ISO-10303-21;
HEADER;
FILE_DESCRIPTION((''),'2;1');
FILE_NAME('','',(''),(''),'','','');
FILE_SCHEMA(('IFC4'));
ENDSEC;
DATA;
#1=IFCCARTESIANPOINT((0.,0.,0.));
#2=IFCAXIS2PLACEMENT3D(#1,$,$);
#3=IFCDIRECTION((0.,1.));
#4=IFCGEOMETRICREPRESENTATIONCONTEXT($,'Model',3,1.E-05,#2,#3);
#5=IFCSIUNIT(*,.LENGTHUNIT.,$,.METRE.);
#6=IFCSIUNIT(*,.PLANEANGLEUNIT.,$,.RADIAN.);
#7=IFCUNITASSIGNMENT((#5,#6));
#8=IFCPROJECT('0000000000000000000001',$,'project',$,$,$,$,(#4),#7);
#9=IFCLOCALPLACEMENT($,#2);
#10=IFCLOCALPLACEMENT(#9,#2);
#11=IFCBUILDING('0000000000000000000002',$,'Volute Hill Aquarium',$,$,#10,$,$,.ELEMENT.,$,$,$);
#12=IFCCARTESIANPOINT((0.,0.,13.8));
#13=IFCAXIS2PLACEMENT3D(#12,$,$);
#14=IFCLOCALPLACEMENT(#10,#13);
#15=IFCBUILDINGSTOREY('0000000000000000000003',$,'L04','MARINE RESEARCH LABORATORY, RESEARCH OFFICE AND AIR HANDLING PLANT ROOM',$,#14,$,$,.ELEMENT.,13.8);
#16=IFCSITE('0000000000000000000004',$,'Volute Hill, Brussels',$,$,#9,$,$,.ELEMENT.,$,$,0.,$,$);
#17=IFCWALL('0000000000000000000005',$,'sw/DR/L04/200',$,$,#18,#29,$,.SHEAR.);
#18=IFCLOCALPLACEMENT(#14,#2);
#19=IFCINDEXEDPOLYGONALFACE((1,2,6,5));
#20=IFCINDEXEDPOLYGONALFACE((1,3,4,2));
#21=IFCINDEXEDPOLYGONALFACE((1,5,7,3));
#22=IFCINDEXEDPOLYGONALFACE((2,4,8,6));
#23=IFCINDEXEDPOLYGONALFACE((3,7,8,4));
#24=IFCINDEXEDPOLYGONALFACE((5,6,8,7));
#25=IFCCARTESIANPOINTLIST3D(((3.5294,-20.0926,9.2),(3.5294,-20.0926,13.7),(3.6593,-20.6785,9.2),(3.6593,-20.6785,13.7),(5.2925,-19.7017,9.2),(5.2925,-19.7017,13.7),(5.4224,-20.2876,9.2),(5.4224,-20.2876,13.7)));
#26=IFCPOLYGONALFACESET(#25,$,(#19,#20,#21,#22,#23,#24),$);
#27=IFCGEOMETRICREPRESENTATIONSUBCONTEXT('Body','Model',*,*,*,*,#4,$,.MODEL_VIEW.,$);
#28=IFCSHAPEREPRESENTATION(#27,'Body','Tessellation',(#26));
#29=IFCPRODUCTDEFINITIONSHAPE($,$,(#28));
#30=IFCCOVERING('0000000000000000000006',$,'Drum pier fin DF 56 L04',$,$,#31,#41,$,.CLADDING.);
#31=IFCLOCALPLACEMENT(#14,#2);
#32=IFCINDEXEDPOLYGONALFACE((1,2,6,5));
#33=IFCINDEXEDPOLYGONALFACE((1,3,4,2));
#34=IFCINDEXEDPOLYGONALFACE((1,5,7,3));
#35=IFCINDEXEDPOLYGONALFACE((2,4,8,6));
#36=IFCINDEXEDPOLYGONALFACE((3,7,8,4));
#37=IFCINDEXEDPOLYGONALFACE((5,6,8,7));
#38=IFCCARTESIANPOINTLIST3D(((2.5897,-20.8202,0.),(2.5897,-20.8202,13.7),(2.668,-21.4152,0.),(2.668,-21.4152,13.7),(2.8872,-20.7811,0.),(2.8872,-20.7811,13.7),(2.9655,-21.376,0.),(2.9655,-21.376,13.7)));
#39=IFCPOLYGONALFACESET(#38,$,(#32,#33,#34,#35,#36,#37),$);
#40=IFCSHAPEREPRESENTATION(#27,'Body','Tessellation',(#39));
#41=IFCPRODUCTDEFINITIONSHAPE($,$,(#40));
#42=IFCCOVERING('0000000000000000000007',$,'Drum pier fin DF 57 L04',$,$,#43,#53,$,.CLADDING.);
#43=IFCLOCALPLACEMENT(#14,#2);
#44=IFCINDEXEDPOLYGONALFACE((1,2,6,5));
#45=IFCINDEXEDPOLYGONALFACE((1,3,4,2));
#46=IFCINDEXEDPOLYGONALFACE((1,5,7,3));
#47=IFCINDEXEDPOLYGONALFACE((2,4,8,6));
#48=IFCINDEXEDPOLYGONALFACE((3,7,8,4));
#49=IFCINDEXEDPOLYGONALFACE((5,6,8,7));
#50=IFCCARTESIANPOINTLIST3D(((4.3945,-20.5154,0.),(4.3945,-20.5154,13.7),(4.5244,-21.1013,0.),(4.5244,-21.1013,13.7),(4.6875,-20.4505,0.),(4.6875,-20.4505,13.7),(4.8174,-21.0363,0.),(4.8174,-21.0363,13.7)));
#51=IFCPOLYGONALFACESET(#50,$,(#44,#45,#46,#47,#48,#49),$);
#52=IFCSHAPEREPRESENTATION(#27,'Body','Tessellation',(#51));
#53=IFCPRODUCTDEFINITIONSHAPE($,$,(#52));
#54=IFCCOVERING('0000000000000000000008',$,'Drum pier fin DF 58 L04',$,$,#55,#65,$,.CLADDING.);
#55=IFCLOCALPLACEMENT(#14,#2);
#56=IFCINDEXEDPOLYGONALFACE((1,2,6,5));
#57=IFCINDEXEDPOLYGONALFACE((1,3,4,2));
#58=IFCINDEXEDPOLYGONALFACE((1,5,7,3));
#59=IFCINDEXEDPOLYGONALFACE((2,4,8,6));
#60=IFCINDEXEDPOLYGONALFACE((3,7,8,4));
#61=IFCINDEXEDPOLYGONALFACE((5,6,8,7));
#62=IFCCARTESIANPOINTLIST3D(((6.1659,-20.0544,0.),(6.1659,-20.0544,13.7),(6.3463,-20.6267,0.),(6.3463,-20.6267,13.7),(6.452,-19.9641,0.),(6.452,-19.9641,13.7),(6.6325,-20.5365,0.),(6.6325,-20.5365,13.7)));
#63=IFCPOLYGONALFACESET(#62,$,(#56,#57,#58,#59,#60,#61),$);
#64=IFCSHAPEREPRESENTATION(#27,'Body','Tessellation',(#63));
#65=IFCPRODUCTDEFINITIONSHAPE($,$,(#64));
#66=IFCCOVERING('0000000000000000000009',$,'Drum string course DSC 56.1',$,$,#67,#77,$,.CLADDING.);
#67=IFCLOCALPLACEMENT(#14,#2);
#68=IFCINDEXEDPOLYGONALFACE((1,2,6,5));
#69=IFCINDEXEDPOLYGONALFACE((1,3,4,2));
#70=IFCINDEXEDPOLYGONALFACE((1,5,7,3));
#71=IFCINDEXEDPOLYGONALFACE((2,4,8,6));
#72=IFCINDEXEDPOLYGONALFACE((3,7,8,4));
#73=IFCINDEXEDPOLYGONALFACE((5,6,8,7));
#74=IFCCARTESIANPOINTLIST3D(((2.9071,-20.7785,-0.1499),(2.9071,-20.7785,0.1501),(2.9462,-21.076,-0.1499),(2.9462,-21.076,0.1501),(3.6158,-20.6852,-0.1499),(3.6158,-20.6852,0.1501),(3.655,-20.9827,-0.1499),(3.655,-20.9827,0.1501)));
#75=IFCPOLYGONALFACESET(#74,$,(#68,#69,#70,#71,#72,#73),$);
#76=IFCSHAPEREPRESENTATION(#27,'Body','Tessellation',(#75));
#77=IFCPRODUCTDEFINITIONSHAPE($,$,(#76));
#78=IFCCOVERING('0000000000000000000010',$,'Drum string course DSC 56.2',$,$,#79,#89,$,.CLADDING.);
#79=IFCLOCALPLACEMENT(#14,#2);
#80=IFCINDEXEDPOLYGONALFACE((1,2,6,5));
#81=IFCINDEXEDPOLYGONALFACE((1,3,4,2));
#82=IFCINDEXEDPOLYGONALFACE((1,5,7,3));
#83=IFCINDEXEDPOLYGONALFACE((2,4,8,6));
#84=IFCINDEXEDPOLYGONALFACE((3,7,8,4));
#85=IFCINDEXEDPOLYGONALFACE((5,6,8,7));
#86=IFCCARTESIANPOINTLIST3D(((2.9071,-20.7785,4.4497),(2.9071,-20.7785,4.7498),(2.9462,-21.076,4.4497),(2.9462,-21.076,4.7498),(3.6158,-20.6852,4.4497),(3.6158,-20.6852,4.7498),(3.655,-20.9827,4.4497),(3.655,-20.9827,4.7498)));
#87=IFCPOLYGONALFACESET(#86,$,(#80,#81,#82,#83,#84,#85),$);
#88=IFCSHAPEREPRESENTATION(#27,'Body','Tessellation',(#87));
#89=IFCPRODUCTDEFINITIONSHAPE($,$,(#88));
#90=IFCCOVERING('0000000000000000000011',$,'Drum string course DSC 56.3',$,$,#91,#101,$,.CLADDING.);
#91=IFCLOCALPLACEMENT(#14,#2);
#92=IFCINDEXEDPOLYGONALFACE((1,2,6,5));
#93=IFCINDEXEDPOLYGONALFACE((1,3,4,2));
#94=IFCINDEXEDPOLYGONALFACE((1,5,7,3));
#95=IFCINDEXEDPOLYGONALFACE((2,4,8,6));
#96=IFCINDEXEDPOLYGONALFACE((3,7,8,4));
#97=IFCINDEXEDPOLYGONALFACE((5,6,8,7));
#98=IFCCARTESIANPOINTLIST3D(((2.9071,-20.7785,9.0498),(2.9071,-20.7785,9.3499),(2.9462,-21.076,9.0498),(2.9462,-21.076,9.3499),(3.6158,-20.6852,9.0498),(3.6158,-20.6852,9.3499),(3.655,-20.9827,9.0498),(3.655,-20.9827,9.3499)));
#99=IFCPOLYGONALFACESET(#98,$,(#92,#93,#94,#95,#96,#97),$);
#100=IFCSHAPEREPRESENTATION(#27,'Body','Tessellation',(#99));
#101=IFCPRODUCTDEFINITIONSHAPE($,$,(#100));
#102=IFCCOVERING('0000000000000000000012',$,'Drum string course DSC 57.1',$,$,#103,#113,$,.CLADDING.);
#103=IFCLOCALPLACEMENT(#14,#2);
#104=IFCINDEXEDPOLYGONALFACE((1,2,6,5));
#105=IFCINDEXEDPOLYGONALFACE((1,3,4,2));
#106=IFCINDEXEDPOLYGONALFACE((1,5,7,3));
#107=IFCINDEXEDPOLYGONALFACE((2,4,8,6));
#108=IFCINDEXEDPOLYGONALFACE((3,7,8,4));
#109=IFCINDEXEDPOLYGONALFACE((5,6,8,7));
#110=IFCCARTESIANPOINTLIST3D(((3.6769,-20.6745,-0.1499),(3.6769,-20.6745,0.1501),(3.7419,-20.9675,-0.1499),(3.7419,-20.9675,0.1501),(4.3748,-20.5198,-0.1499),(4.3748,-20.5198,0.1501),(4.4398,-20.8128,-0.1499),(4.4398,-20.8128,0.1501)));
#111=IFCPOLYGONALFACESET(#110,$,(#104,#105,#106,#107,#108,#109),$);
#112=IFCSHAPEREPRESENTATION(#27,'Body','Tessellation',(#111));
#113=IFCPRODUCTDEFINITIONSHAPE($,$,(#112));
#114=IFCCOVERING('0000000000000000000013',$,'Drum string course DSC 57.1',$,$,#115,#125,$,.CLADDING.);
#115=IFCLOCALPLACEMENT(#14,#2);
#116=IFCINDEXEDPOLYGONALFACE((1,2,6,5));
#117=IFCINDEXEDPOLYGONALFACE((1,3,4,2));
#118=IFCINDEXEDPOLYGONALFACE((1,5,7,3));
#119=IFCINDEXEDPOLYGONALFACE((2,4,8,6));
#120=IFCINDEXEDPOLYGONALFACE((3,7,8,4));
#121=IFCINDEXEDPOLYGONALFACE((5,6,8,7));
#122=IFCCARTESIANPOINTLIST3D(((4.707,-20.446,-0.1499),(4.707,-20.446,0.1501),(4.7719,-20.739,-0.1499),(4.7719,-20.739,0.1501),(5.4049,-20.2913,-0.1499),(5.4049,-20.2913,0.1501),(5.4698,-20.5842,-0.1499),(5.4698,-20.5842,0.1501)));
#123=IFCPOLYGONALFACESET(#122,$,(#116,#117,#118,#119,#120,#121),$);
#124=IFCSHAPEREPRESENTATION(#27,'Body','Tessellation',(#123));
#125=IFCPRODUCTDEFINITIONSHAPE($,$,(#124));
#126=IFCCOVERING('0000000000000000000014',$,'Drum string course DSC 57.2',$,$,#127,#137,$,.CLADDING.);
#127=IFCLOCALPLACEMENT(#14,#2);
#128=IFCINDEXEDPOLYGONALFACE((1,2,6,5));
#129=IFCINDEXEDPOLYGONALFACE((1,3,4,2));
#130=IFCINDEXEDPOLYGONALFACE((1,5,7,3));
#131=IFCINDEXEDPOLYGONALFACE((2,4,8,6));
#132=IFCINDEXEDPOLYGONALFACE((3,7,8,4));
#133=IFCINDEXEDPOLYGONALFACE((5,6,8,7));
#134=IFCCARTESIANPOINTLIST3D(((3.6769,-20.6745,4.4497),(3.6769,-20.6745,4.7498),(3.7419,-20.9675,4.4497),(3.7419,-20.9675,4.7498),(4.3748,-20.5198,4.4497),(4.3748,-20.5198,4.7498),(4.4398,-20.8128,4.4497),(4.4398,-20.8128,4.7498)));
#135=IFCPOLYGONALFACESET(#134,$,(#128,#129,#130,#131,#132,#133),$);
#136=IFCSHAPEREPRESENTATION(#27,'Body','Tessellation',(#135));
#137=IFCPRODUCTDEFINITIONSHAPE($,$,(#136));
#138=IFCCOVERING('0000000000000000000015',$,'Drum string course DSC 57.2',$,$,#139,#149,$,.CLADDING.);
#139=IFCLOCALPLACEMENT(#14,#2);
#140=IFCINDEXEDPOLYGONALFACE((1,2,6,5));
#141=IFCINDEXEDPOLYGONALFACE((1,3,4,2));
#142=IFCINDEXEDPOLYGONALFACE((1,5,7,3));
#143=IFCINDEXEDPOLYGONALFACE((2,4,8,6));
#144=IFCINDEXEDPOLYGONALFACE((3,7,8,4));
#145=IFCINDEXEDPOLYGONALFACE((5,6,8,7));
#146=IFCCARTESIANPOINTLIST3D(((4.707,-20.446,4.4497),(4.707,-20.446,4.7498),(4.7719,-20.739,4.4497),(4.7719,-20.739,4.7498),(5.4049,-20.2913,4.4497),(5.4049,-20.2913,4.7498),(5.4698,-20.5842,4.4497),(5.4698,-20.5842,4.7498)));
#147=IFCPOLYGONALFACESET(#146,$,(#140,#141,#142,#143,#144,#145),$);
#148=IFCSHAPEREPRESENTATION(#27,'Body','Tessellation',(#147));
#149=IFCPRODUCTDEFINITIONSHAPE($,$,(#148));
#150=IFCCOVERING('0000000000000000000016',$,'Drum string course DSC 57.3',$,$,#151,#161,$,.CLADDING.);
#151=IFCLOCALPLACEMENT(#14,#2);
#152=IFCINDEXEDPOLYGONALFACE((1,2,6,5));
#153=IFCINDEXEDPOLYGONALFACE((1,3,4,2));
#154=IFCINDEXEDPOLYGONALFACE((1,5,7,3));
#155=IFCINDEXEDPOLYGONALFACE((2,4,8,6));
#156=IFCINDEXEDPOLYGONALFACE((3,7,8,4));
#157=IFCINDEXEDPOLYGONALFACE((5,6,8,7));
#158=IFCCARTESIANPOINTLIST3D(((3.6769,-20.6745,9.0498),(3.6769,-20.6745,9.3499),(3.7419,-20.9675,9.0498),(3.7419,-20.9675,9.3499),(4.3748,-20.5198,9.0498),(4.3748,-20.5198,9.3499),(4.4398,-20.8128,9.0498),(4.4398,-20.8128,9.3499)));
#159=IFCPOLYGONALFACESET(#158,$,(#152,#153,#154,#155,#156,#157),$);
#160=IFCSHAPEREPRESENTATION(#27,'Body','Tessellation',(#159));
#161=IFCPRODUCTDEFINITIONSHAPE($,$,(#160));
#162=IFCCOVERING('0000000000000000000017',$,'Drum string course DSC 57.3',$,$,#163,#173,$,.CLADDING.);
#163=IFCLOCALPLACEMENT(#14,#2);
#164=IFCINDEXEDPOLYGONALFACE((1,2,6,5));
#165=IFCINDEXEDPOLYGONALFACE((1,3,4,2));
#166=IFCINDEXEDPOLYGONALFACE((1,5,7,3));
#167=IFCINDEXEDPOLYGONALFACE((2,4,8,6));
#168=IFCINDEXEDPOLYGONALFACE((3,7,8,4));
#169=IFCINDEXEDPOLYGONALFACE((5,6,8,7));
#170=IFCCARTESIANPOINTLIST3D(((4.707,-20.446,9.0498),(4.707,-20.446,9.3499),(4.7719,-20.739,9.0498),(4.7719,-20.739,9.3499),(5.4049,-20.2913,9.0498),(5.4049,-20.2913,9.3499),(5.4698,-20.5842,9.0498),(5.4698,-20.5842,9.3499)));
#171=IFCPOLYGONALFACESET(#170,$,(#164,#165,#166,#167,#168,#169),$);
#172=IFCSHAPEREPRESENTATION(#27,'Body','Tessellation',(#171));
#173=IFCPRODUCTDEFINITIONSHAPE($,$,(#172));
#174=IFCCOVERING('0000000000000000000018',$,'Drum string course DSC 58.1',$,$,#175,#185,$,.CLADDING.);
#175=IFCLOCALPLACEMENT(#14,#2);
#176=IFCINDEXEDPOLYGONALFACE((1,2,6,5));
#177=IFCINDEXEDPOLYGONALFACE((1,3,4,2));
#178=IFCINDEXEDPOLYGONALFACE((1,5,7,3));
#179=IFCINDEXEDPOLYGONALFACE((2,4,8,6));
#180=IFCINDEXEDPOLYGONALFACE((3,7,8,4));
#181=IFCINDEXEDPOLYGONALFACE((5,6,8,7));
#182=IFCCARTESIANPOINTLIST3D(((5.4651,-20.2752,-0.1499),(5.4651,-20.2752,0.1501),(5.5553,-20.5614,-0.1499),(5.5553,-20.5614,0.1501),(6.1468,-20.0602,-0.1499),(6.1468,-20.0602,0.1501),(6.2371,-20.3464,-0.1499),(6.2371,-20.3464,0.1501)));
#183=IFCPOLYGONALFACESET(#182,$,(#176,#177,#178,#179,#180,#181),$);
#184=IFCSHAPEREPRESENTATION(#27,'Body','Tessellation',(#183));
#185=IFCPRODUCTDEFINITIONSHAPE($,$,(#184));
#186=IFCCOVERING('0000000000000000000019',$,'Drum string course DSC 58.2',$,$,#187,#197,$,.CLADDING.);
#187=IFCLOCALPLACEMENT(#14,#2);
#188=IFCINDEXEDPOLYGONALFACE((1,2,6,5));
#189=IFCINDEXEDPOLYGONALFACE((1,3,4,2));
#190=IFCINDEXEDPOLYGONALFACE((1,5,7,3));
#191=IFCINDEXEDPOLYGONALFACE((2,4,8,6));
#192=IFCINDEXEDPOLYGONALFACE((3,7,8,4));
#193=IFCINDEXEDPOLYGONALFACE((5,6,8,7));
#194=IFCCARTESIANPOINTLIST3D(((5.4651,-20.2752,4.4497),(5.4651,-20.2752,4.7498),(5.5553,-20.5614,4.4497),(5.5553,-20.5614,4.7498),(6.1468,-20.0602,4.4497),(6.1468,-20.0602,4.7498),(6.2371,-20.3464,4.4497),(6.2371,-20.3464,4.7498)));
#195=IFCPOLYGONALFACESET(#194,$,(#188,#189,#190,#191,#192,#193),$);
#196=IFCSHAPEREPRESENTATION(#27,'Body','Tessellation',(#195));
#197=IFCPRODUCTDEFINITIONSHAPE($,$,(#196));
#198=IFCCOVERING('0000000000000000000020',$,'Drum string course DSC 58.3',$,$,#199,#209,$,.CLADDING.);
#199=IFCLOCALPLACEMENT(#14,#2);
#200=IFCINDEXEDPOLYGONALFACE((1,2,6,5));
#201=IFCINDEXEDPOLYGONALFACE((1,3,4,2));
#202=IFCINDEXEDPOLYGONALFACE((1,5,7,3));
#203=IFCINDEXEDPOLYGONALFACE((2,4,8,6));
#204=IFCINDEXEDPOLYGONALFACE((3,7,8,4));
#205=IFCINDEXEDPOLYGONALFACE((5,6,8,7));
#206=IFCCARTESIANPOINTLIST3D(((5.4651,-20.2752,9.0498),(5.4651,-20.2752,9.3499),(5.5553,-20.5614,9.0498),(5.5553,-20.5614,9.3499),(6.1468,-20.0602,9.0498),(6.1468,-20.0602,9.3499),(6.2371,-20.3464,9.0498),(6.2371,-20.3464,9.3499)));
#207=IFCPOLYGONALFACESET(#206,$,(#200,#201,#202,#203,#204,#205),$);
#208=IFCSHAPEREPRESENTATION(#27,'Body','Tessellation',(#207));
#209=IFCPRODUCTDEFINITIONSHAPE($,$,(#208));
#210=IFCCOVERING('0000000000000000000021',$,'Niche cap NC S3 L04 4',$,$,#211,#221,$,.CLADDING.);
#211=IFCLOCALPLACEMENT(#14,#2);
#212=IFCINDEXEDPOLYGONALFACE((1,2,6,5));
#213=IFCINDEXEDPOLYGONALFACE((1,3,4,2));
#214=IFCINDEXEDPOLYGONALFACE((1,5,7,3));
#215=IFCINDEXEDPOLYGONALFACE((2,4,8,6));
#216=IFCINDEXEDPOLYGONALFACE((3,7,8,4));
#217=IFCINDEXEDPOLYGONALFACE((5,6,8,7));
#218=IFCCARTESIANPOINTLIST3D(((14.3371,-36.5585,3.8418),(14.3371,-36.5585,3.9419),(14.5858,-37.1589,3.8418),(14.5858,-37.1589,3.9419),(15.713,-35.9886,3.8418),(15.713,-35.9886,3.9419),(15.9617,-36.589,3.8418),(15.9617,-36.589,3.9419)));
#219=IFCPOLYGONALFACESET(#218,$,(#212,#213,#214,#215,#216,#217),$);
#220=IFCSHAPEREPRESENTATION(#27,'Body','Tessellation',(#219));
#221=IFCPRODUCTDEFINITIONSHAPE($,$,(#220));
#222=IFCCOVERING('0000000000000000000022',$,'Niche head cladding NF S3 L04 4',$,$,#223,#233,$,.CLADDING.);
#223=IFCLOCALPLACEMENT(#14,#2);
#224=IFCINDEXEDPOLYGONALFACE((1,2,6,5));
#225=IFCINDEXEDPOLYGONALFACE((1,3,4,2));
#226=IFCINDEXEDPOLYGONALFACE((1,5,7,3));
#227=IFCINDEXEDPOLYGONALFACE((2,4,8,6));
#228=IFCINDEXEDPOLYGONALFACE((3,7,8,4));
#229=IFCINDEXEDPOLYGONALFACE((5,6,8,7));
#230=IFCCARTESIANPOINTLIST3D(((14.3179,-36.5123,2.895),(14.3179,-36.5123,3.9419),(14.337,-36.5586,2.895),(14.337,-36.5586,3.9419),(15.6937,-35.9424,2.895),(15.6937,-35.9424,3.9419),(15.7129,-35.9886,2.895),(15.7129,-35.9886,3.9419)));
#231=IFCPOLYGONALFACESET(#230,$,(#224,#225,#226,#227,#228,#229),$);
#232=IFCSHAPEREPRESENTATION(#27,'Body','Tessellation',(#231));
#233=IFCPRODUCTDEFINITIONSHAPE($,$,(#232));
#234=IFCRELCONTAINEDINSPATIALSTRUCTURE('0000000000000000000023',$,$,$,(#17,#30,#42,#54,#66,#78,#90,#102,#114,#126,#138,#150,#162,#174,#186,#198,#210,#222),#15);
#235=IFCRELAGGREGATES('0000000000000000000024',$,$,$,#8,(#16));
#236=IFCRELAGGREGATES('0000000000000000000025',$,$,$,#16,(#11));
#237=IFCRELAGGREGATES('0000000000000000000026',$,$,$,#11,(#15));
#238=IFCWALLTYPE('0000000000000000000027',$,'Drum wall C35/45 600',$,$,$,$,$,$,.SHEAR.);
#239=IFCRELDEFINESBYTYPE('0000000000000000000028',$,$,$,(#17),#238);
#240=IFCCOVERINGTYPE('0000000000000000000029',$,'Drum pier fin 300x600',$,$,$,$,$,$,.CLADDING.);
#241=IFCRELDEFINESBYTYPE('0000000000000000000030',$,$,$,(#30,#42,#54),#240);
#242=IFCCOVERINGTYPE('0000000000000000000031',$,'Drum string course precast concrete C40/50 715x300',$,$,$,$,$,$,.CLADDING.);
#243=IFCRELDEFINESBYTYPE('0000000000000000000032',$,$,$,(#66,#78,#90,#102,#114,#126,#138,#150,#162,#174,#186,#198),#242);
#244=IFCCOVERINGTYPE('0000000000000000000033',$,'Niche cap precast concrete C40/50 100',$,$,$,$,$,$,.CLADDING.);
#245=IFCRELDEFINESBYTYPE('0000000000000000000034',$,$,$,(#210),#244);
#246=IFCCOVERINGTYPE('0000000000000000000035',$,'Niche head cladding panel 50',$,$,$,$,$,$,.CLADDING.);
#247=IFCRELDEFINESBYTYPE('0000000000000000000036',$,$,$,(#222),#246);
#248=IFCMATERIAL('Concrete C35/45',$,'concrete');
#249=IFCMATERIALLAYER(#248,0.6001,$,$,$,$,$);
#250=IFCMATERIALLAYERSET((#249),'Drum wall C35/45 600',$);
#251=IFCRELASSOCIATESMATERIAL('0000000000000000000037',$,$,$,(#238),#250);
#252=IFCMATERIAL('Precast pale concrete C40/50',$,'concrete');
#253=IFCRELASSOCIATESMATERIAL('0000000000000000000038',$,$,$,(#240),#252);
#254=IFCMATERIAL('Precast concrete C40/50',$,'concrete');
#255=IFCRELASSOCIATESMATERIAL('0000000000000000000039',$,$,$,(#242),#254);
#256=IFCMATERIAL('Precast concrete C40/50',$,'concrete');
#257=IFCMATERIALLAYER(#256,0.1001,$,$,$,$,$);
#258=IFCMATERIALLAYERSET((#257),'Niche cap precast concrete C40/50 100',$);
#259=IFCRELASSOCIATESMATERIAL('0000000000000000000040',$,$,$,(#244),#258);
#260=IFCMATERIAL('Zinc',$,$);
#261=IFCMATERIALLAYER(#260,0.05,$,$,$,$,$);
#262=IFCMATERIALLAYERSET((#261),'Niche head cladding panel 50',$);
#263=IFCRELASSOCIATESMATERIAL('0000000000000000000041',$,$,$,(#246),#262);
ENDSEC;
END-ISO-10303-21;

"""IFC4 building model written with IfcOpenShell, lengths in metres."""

from ifc_helpers import new_model, si_unit, direction, frame, frame_2d, origin, origin_2d, place, context, subcontext, project, spatial, rectangle, extrude, material, layer, layer_set, type_object, element, save


model = new_model("IFC4")

# Units and contexts
model_context = context("Model", 3, precision=1e-05, world=origin(), true_north=direction((0.0, 1.0)))
body_context = subcontext(model_context, "Body", "Model", "MODEL_VIEW")
ifc_project = project(units=[si_unit("LENGTHUNIT", "METRE"), si_unit("PLANEANGLEUNIT", "RADIAN")], contexts=[model_context])

# Site, building, storey
site_placement = place(None, origin())
site = spatial("IfcSite", under=ifc_project, at=site_placement, Name="Volute Hill, Brussels", CompositionType="ELEMENT", RefElevation=0.0)
building_placement = place(site_placement, origin())
building = spatial("IfcBuilding", under=site, at=building_placement, Name="Volute Hill Aquarium", CompositionType="ELEMENT")
storey_placement = place(building_placement, frame((0.0, 0.0, 13.8)))
storey = spatial("IfcBuildingStorey", under=building, at=storey_placement, Name="L04", Description="MARINE RESEARCH LABORATORY, RESEARCH OFFICE AND AIR HANDLING PLANT ROOM", CompositionType="ELEMENT", Elevation=13.8)

# Wall
ifc_material_1 = material(Name="Concrete C35/45", Category="concrete")
ifc_layer_1 = layer(ifc_material_1, 0.6001)
ifc_layer_set_1 = layer_set([ifc_layer_1], Name="Drum wall C35/45 600")
wall_type = type_object("IfcWallType", Name="Drum wall C35/45 600", PredefinedType="SHEAR", material=ifc_layer_set_1)
wall_1_placement = place(storey_placement, frame((3.5945, -20.3855, 9.2), z_axis=(0.0, 0.0, 1.0), x_axis=(0.976298, 0.216429, 0.0)))
element("IfcWall", 1, at=wall_1_placement, inside=storey, type_object=wall_type, Name="sw/DR/L04/200", PredefinedType="SHEAR", context=body_context, shape_type="SweptSolid", body=[
    extrude(rectangle(XDim=1.8059, YDim=0.6001, at=frame_2d((0.9028, 0.0))), origin(), (0.0, 0.0, 1.0), 4.5),
])

# Coverings
ifc_material_2 = material(Name="Precast pale concrete C40/50", Category="concrete")
covering_type_1 = type_object("IfcCoveringType", Name="Drum pier fin 300x600", PredefinedType="CLADDING", material=ifc_material_2)
for number, where, z_axis, x_axis, name in (
    (2, (2.7776, -21.0981, 0.0), (0.0, 0.0, 1.0), (0.991445, 0.130526, 0.0), "Drum pier fin DF 56 L04"),
    (3, (4.606, -20.7759, 0.0), (0.0, 0.0, 1.0), (0.976296, 0.21644, 0.0), "Drum pier fin DF 57 L04"),
    (4, (6.3992, -20.2954, 0.0), (0.0, 0.0, 1.0), (0.953717, 0.300706, 0.0), "Drum pier fin DF 58 L04"),
):
    element("IfcCovering", number, at=place(storey_placement, frame(where, z_axis=z_axis, x_axis=x_axis)), inside=storey, type_object=covering_type_1, Name=name, PredefinedType="CLADDING", context=body_context, shape_type="SweptSolid", body=[
        extrude(rectangle(XDim=0.3, YDim=0.6001, at=origin_2d()), origin(), (0.0, 0.0, 1.0), 13.7),
    ])
ifc_material_3 = material(Name="Precast concrete C40/50", Category="concrete")
covering_type_2 = type_object("IfcCoveringType", Name="Drum string course precast concrete C40/50 715x300", PredefinedType="CLADDING", material=ifc_material_3)
for number, where, z_axis, x_axis, name in (
    (5, (3.281, -20.8806, -0.1499), (0.0, 0.0, 1.0), (0.991445, 0.130526, 0.0), "Drum string course DSC 56.1"),
    (6, (3.281, -20.8806, 4.4497), (0.0, 0.0, 1.0), (0.991445, 0.130526, 0.0), "Drum string course DSC 56.2"),
    (7, (3.281, -20.8806, 9.0498), (0.0, 0.0, 1.0), (0.991445, 0.130526, 0.0), "Drum string course DSC 56.3"),
    (8, (4.0583, -20.7437, -0.1499), (0.0, 0.0, 1.0), (0.976296, 0.21644, 0.0), "Drum string course DSC 57.1"),
    (9, (5.0884, -20.5151, -0.1499), (0.0, 0.0, 1.0), (0.976296, 0.21644, 0.0), "Drum string course DSC 57.1"),
    (10, (4.0583, -20.7437, 4.4497), (0.0, 0.0, 1.0), (0.976296, 0.21644, 0.0), "Drum string course DSC 57.2"),
    (11, (5.0884, -20.5151, 4.4497), (0.0, 0.0, 1.0), (0.976296, 0.21644, 0.0), "Drum string course DSC 57.2"),
    (12, (4.0583, -20.7437, 9.0498), (0.0, 0.0, 1.0), (0.976296, 0.21644, 0.0), "Drum string course DSC 57.3"),
    (13, (5.0884, -20.5151, 9.0498), (0.0, 0.0, 1.0), (0.976296, 0.21644, 0.0), "Drum string course DSC 57.3"),
    (14, (5.8511, -20.3108, -0.1499), (0.0, 0.0, 1.0), (0.953717, 0.300706, 0.0), "Drum string course DSC 58.1"),
    (15, (5.8511, -20.3108, 4.4497), (0.0, 0.0, 1.0), (0.953717, 0.300706, 0.0), "Drum string course DSC 58.2"),
    (16, (5.8511, -20.3108, 9.0498), (0.0, 0.0, 1.0), (0.953717, 0.300706, 0.0), "Drum string course DSC 58.3"),
):
    element("IfcCovering", number, at=place(storey_placement, frame(where, z_axis=z_axis, x_axis=x_axis)), inside=storey, type_object=covering_type_2, Name=name, PredefinedType="CLADDING", context=body_context, shape_type="SweptSolid", body=[
        extrude(rectangle(XDim=0.7148, YDim=0.3, at=origin_2d()), origin(), (0.0, 0.0, 1.0), 0.3),
    ])
ifc_material_4 = material(Name="Precast concrete C40/50", Category="concrete")
ifc_layer_2 = layer(ifc_material_4, 0.1001)
ifc_layer_set_2 = layer_set([ifc_layer_2], Name="Niche cap precast concrete C40/50 100")
covering_type_3 = type_object("IfcCoveringType", Name="Niche cap precast concrete C40/50 100", PredefinedType="CLADDING", material=ifc_layer_set_2)
covering_1_placement = place(storey_placement, frame((15.1494, -36.5737, 3.8418), z_axis=(0.0, 0.0, 1.0), x_axis=(0.923875, 0.382694, 0.0)))
element("IfcCovering", 17, at=covering_1_placement, inside=storey, type_object=covering_type_3, Name="Niche cap NC S3 L04 4", PredefinedType="CLADDING", context=body_context, shape_type="SweptSolid", body=[
    extrude(rectangle(XDim=1.4893, YDim=0.6499, at=origin_2d()), origin(), (0.0, 0.0, 1.0), 0.1001),
])
ifc_material_5 = material(Name="Zinc")
ifc_layer_3 = layer(ifc_material_5, 0.05)
ifc_layer_set_3 = layer_set([ifc_layer_3], Name="Niche head cladding panel 50")
covering_type_4 = type_object("IfcCoveringType", Name="Niche head cladding panel 50", PredefinedType="CLADDING", material=ifc_layer_set_3)
covering_2_placement = place(storey_placement, frame((15.0154, -36.2505, 2.895), z_axis=(0.0, 0.0, 1.0), x_axis=(0.923875, 0.382694, 0.0)))
element("IfcCovering", 18, at=covering_2_placement, inside=storey, type_object=covering_type_4, Name="Niche head cladding NF S3 L04 4", PredefinedType="CLADDING", context=body_context, shape_type="SweptSolid", body=[
    extrude(rectangle(XDim=1.4893, YDim=0.05, at=origin_2d()), origin(), (0.0, 0.0, 1.0), 1.0469),
])

save(model, "model.ifc")
